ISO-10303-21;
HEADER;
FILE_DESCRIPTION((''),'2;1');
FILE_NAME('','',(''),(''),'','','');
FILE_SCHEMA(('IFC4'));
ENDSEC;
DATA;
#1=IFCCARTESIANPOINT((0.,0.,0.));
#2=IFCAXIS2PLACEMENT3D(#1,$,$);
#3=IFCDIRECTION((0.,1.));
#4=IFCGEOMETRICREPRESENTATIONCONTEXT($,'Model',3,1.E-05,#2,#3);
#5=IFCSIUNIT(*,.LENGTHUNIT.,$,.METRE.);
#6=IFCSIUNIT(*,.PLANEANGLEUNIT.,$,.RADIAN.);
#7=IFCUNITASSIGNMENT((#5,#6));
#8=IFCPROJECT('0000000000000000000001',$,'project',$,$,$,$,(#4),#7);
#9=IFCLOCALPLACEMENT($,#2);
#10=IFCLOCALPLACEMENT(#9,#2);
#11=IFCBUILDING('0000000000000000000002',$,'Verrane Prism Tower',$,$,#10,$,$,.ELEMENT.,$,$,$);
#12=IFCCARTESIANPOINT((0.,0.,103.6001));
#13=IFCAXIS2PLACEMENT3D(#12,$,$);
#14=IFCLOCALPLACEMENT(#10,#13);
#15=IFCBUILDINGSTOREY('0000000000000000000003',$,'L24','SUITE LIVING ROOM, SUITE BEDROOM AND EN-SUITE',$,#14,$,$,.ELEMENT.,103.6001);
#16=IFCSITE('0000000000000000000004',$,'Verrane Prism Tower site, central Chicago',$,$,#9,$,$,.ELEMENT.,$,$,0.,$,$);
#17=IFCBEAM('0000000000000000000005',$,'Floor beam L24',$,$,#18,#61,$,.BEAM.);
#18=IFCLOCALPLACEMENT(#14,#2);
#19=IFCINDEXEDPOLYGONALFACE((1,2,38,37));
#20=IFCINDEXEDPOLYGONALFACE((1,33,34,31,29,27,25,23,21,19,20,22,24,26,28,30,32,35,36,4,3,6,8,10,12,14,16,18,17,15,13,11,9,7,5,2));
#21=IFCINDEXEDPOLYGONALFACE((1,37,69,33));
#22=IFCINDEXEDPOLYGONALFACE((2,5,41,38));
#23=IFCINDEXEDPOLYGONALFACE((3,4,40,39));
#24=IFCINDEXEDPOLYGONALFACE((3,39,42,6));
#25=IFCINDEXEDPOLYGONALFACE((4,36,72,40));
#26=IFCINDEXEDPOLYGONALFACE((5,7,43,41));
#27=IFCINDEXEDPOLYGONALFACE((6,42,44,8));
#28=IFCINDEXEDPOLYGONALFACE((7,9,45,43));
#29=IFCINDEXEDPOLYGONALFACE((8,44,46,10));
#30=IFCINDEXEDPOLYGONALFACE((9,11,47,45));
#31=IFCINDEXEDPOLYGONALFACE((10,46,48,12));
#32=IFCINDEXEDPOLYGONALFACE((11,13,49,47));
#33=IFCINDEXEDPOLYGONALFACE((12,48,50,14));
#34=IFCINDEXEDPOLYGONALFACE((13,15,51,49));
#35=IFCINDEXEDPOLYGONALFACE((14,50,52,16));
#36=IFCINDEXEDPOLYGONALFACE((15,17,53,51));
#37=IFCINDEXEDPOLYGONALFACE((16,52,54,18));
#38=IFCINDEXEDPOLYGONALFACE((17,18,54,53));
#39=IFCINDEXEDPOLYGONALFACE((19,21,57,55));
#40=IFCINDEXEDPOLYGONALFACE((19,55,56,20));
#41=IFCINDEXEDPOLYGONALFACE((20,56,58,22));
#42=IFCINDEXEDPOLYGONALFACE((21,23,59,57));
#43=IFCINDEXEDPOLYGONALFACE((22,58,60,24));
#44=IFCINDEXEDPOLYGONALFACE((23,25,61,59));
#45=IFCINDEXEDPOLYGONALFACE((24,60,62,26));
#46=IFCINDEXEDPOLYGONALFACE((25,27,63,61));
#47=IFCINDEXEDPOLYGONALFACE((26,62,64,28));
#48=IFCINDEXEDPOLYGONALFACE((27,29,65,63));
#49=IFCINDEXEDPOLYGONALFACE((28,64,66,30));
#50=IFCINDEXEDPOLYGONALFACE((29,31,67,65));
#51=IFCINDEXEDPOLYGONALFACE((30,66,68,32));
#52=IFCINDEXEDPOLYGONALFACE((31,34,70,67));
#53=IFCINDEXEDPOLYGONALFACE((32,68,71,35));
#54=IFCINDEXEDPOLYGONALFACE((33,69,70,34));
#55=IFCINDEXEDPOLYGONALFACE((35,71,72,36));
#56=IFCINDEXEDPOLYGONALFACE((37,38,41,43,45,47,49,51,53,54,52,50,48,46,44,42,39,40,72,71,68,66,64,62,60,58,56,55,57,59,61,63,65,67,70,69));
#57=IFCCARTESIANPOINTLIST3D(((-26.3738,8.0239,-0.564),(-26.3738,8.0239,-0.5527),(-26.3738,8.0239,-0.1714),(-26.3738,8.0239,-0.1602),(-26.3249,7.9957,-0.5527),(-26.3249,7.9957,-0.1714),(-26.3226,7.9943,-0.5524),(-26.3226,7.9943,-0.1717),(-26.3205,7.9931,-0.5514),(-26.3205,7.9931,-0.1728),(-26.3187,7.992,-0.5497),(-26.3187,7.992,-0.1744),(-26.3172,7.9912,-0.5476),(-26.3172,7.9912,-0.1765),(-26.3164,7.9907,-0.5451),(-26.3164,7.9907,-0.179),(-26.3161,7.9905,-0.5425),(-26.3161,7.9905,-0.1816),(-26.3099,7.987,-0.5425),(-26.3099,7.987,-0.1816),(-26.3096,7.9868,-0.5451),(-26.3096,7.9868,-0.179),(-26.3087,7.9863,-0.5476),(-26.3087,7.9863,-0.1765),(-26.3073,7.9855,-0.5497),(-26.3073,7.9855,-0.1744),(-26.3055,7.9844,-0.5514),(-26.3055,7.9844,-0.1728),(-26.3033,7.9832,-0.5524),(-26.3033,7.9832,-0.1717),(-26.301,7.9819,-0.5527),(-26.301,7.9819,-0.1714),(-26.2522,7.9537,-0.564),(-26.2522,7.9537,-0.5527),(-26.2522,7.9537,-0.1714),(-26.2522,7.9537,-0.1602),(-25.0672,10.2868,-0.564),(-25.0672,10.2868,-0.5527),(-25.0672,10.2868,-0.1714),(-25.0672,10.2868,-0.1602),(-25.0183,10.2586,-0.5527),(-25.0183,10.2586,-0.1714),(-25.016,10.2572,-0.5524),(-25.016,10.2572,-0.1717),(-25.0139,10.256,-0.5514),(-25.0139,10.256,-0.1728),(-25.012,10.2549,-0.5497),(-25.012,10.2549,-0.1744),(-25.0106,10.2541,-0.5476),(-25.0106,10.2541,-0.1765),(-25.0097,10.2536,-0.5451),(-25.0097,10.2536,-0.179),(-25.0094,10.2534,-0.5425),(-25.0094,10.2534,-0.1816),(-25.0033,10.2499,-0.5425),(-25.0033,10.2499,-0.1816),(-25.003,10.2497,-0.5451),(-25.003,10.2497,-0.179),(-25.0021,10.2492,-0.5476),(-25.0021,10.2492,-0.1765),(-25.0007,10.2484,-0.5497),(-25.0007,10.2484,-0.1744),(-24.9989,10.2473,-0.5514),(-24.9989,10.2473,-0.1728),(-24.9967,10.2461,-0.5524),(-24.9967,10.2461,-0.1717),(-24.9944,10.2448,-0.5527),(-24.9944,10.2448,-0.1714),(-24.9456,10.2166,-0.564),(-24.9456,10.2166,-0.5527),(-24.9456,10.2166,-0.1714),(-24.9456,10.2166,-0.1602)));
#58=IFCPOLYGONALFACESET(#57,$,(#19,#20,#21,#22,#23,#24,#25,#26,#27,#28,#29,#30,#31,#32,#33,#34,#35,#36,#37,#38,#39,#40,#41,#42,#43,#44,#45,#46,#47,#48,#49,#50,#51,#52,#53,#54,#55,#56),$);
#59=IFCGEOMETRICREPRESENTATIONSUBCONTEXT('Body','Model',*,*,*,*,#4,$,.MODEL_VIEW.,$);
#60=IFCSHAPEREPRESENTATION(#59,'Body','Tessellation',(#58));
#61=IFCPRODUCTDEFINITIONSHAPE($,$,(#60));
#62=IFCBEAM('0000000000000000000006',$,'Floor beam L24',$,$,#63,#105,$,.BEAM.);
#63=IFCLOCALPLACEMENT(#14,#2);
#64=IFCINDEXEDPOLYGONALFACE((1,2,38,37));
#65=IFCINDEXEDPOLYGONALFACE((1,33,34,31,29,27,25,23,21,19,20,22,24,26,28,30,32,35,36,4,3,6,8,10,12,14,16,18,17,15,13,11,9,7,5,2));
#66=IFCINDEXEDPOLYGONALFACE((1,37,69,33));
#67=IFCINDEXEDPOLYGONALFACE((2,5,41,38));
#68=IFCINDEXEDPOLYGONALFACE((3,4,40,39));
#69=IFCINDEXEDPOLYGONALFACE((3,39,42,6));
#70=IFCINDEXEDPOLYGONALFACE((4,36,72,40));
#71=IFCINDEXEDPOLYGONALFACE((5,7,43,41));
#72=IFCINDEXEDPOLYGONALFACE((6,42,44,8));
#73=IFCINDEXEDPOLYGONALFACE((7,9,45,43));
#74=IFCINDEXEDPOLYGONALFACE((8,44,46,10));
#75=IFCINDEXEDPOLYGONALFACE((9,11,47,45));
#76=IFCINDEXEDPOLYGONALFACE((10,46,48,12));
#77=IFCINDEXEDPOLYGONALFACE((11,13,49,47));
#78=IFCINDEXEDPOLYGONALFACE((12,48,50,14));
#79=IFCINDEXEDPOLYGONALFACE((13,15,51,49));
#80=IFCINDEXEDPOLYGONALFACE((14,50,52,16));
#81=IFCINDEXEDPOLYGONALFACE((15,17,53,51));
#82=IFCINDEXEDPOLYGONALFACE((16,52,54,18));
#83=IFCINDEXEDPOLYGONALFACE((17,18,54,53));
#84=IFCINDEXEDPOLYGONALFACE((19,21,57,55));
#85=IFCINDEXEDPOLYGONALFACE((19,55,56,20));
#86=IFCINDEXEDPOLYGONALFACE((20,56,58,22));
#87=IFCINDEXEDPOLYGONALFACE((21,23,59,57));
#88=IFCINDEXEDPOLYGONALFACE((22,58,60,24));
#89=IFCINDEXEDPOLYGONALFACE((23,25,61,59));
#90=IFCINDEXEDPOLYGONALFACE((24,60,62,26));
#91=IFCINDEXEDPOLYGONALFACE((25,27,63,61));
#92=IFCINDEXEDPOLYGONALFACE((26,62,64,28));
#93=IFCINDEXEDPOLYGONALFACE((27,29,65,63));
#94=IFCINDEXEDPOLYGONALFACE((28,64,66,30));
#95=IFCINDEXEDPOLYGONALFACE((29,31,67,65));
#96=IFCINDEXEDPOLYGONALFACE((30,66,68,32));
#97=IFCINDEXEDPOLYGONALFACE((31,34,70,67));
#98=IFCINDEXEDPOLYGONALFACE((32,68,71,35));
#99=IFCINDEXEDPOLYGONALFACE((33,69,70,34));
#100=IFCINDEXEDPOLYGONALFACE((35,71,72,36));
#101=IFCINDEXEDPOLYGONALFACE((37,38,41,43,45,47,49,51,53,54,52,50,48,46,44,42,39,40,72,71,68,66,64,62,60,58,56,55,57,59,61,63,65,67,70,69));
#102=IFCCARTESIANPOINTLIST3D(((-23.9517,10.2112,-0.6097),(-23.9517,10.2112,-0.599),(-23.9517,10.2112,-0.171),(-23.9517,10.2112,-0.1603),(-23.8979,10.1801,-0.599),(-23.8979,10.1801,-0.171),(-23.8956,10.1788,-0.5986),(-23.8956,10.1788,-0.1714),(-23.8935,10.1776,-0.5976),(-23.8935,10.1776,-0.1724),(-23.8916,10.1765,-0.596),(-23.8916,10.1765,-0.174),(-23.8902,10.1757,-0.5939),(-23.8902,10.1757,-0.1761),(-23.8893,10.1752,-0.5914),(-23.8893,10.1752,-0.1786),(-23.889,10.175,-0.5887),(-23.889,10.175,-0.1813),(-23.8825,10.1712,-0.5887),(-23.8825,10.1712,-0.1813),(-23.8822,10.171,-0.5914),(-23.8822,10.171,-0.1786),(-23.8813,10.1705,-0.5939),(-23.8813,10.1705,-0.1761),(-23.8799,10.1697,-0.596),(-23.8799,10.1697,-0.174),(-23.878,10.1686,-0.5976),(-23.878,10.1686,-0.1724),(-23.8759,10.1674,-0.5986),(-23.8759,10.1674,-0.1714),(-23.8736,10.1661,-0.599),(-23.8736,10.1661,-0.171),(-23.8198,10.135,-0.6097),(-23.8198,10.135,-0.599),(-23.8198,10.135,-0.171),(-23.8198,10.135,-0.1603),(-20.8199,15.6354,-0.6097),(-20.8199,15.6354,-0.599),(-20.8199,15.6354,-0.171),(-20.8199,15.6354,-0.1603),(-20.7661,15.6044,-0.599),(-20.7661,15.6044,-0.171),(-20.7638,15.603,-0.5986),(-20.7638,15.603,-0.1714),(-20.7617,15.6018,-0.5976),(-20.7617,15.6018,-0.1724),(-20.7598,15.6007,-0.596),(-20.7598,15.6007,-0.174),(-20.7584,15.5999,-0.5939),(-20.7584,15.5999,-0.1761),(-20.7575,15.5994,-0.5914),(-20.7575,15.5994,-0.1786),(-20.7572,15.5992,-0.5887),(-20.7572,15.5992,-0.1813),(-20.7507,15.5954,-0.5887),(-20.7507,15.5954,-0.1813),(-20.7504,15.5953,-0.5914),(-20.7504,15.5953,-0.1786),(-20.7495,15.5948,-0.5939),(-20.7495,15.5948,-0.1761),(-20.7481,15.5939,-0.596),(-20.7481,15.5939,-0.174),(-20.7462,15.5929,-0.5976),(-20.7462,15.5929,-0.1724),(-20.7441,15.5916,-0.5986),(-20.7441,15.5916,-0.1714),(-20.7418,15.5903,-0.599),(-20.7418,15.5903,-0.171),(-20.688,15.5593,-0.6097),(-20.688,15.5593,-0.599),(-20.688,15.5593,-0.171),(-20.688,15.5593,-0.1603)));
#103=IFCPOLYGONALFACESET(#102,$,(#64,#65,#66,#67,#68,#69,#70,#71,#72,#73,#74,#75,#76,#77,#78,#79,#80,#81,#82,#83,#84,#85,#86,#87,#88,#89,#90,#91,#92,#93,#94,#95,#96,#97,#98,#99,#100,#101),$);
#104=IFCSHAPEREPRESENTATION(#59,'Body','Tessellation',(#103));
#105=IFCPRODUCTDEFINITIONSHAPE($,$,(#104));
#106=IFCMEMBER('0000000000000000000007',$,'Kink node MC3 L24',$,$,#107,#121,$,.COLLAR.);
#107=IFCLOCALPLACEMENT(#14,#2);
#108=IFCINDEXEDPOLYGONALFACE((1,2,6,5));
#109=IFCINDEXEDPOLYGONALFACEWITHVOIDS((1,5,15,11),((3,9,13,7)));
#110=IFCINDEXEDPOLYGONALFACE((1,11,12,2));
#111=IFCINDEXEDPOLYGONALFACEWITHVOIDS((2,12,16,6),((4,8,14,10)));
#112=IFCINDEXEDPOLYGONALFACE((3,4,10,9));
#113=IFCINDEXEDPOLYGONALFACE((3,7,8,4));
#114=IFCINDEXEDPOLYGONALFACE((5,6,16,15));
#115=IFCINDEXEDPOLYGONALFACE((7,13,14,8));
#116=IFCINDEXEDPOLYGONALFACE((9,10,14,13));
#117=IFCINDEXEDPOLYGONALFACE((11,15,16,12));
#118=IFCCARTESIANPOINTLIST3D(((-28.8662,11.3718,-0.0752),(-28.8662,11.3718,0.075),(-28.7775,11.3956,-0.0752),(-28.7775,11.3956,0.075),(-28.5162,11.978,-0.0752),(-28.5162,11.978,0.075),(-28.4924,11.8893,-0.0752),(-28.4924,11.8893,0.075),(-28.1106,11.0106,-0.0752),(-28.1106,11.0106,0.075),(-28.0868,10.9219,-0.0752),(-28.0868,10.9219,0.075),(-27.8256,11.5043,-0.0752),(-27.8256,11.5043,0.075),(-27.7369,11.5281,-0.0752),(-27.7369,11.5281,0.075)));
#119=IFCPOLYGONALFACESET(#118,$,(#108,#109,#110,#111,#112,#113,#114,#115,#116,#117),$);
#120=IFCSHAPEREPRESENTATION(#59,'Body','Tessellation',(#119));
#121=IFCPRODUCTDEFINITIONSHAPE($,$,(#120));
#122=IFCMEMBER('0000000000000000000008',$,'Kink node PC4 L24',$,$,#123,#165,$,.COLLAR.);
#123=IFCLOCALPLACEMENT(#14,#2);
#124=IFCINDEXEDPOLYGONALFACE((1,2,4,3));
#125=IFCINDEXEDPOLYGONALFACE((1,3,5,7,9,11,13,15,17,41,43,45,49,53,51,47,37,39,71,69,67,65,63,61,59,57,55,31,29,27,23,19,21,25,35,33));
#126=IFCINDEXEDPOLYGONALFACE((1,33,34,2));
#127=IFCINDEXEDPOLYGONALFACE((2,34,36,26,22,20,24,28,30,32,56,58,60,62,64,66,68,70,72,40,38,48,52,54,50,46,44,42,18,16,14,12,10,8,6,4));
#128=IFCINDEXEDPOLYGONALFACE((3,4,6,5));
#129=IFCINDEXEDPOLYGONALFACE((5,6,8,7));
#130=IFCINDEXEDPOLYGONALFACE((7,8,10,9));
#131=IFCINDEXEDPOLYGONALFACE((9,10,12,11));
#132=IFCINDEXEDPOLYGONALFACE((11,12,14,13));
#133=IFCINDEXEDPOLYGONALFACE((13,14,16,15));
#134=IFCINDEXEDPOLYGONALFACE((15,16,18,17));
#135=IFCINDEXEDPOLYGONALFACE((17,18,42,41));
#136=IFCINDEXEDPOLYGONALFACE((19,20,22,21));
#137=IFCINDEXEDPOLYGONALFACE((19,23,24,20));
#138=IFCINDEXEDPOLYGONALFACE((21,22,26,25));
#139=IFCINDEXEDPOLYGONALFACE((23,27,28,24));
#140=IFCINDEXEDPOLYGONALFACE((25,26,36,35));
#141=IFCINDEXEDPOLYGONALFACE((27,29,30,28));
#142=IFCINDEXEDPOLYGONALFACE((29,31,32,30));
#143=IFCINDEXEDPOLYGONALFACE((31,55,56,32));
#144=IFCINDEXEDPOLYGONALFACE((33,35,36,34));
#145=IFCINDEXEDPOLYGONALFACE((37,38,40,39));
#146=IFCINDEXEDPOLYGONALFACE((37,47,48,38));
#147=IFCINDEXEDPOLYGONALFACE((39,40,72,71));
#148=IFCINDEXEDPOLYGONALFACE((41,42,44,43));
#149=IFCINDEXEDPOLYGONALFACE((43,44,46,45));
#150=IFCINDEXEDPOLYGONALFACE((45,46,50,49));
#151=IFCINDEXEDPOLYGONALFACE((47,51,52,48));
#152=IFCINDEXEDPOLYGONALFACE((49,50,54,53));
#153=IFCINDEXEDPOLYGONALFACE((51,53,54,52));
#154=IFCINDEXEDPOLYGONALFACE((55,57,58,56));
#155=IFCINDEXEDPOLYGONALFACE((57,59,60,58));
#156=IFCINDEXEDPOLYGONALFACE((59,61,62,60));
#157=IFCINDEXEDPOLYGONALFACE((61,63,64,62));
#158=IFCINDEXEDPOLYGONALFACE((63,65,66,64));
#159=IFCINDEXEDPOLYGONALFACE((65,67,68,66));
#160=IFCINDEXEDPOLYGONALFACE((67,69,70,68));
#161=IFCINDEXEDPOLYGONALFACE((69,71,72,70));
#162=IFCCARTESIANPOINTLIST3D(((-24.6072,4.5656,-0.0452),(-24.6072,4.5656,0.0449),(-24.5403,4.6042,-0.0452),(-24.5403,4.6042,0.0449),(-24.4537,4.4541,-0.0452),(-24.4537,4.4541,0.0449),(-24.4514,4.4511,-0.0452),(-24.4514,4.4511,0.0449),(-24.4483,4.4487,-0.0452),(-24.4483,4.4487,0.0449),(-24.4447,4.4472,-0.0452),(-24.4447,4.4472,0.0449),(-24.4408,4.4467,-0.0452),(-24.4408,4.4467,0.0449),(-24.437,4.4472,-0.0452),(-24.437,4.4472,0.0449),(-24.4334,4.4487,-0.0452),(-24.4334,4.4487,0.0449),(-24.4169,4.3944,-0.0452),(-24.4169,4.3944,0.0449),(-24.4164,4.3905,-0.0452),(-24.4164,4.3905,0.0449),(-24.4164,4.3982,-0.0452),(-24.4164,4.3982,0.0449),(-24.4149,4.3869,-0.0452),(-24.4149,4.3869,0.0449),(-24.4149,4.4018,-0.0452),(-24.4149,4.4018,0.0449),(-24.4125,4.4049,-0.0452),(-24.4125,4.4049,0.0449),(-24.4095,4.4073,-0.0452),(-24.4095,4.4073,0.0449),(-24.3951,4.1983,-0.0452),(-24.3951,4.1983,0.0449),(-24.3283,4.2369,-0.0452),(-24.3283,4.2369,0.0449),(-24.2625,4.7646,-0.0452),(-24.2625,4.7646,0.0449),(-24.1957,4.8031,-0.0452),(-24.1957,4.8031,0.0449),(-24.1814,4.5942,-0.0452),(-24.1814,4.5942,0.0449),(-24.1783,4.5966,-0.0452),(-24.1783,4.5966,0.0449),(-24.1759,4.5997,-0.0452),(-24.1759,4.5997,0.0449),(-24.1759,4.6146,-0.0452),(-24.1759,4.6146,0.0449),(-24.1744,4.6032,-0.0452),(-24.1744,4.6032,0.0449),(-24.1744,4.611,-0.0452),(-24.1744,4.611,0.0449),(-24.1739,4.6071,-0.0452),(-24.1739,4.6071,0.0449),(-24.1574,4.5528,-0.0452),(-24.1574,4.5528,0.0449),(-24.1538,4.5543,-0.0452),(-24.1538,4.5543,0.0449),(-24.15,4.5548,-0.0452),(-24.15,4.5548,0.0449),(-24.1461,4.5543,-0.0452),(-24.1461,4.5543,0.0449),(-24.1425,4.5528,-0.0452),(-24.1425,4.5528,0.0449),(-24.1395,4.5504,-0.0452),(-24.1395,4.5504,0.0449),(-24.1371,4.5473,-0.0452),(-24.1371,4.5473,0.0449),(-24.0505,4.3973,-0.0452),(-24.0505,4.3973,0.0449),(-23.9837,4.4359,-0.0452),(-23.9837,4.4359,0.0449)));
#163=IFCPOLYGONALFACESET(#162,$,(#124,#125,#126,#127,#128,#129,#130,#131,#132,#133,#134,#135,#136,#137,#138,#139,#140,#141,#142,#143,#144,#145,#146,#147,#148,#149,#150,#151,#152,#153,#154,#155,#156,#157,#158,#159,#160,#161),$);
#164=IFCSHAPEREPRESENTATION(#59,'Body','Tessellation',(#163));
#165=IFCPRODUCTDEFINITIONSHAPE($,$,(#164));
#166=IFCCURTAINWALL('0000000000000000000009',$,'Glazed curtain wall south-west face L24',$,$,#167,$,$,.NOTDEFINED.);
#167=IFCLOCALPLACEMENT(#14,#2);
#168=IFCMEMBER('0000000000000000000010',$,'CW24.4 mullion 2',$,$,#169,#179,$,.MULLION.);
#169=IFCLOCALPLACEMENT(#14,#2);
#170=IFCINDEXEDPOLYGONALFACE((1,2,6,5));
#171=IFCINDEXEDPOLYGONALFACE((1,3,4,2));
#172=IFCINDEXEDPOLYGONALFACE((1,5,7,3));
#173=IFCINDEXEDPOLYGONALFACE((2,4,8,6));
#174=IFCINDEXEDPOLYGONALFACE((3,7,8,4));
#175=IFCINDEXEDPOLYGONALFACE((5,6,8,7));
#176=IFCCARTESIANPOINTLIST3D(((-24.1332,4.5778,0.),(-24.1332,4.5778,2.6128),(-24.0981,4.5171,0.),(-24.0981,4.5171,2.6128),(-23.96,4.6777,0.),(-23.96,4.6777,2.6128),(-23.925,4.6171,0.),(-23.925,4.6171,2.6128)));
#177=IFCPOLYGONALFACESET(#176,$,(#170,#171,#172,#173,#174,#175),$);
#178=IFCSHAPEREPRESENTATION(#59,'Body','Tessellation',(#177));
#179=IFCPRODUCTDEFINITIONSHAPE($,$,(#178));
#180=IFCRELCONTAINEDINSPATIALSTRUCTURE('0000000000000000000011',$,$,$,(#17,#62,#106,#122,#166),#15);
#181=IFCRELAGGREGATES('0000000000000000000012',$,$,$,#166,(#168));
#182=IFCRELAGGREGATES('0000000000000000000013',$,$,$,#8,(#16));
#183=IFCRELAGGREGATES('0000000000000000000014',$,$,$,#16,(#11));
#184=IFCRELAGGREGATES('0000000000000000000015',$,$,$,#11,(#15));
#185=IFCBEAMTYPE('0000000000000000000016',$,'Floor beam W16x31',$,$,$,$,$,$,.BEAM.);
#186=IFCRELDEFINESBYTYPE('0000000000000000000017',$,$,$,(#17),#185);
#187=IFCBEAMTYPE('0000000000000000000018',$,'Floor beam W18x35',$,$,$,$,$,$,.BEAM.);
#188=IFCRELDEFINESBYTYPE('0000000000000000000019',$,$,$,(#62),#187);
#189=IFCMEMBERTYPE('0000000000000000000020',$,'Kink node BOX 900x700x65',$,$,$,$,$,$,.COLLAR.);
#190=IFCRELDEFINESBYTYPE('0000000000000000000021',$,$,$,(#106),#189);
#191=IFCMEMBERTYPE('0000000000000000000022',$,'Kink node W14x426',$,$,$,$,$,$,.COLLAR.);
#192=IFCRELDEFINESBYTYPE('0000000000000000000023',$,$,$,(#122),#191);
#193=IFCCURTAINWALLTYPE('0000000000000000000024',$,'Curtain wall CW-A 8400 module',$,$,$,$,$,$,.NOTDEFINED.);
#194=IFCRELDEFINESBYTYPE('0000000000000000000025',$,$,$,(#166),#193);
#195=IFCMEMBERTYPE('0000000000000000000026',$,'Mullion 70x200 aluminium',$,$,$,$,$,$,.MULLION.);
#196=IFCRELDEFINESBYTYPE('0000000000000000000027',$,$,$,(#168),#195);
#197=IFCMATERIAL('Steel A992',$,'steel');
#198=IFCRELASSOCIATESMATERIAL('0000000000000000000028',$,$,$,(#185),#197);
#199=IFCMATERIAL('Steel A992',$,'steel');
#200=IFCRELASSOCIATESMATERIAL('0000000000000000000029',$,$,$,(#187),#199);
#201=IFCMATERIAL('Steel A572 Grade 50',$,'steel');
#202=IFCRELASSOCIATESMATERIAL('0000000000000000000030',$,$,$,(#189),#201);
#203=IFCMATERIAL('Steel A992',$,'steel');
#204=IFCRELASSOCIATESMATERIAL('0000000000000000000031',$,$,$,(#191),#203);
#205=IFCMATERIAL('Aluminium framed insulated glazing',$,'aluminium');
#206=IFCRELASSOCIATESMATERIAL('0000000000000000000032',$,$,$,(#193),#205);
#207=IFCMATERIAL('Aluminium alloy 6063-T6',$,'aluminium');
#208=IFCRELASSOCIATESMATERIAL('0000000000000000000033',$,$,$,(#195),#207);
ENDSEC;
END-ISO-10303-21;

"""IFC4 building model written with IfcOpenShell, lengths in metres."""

from ifc_helpers import new_model, si_unit, direction, frame, origin, origin_2d, place, context, subcontext, project, spatial, rectangle, hollow_rectangle, i_section, extrude, material, material_profile, profile_set, type_object, element, aggregate, save


model = new_model("IFC4")

# Units and contexts
model_context = context("Model", 3, precision=1e-05, world=origin(), true_north=direction((0.0, 1.0)))
body_context = subcontext(model_context, "Body", "Model", "MODEL_VIEW")
ifc_project = project(units=[si_unit("LENGTHUNIT", "METRE"), si_unit("PLANEANGLEUNIT", "RADIAN")], contexts=[model_context])

# Site, building, storey
site_placement = place(None, origin())
site = spatial("IfcSite", under=ifc_project, at=site_placement, Name="Verrane Prism Tower site, central Chicago", CompositionType="ELEMENT", RefElevation=0.0)
building_placement = place(site_placement, origin())
building = spatial("IfcBuilding", under=site, at=building_placement, Name="Verrane Prism Tower", CompositionType="ELEMENT")
storey_placement = place(building_placement, frame((0.0, 0.0, 103.6001)))
storey = spatial("IfcBuildingStorey", under=building, at=storey_placement, Name="L24", Description="SUITE LIVING ROOM, SUITE BEDROOM AND EN-SUITE", CompositionType="ELEMENT", Elevation=103.6001)

# Beams
ifc_material_1 = material(Name="Steel A992", Category="steel")
ifc_material_profile_1 = material_profile(ifc_material_1, i_section(OverallWidth=0.1404, OverallDepth=0.4038, WebThickness=0.0071, FlangeThickness=0.0112, FilletRadius=0.0103, at=origin_2d()), Name="W16x31")
ifc_profile_set_1 = profile_set([ifc_material_profile_1], Name="Steel A992")
beam_type_1 = type_object("IfcBeamType", Name="Floor beam W16x31", PredefinedType="BEAM", material=ifc_profile_set_1)
beam_1_placement = place(storey_placement, frame((-26.313, 7.9888, -0.3621), z_axis=(0.500038, 0.866004, 0.0), x_axis=(-0.866004, 0.500038, 0.0)))
element("IfcBeam", 1, at=beam_1_placement, inside=storey, type_object=beam_type_1, Name="Floor beam L24", PredefinedType="BEAM", context=body_context, shape_type="SweptSolid", body=[
    extrude(i_section(OverallWidth=0.1404, OverallDepth=0.4038, WebThickness=0.0071, FlangeThickness=0.0112, FilletRadius=0.0103, at=origin_2d()), origin(), (0.0, 0.0, 1.0), 2.613),
])
ifc_material_2 = material(Name="Steel A992", Category="steel")
ifc_material_profile_2 = material_profile(ifc_material_2, i_section(OverallWidth=0.1523, OverallDepth=0.4495, WebThickness=0.0076, FlangeThickness=0.0107, FilletRadius=0.0103, at=origin_2d()), Name="W18x35")
ifc_profile_set_2 = profile_set([ifc_material_profile_2], Name="Steel A992")
beam_type_2 = type_object("IfcBeamType", Name="Floor beam W18x35", PredefinedType="BEAM", material=ifc_profile_set_2)
beam_2_placement = place(storey_placement, frame((-23.8857, 10.1731, -0.385), z_axis=(0.500013, 0.866018, 0.0), x_axis=(-0.866018, 0.500013, 0.0)))
element("IfcBeam", 2, at=beam_2_placement, inside=storey, type_object=beam_type_2, Name="Floor beam L24", PredefinedType="BEAM", context=body_context, shape_type="SweptSolid", body=[
    extrude(i_section(OverallWidth=0.1523, OverallDepth=0.4495, WebThickness=0.0076, FlangeThickness=0.0107, FilletRadius=0.0103, at=origin_2d()), origin(), (0.0, 0.0, 1.0), 6.2634),
])

# Members
ifc_material_3 = material(Name="Steel A572 Grade 50", Category="steel")
ifc_material_profile_3 = material_profile(ifc_material_3, hollow_rectangle(XDim=0.7, YDim=0.8999, WallThickness=0.0649, at=origin_2d()), Name="BOX 900x700x65")
ifc_profile_set_3 = profile_set([ifc_material_profile_3], Name="Steel A572 Grade 50")
member_type_1 = type_object("IfcMemberType", Name="Kink node BOX 900x700x65", PredefinedType="COLLAR", material=ifc_profile_set_3)
member_1_placement = place(storey_placement, frame((-28.3015, 11.45, -0.0752), z_axis=(0.0, 0.0, 1.0), x_axis=(0.5, 0.866025, 0.0)))
element("IfcMember", 3, at=member_1_placement, inside=storey, type_object=member_type_1, Name="Kink node MC3 L24", PredefinedType="COLLAR", context=body_context, shape_type="SweptSolid", body=[
    extrude(hollow_rectangle(XDim=0.7, YDim=0.8999, WallThickness=0.0649, at=origin_2d()), origin(), (0.0, 0.0, 1.0), 0.1501),
])
ifc_material_4 = material(Name="Steel A992", Category="steel")
ifc_material_profile_4 = material_profile(ifc_material_4, i_section(OverallWidth=0.4241, OverallDepth=0.4751, WebThickness=0.0479, FlangeThickness=0.0771, FilletRadius=0.0149, at=origin_2d()), Name="W14x426")
ifc_profile_set_4 = profile_set([ifc_material_profile_4], Name="Steel A992")
member_type_2 = type_object("IfcMemberType", Name="Kink node W14x426", PredefinedType="COLLAR", material=ifc_profile_set_4)
member_2_placement = place(storey_placement, frame((-24.2954, 4.5007, -0.0452), z_axis=(0.0, 0.0, 1.0), x_axis=(-0.5, 0.866025, 0.0)))
element("IfcMember", 4, at=member_2_placement, inside=storey, type_object=member_type_2, Name="Kink node PC4 L24", PredefinedType="COLLAR", context=body_context, shape_type="SweptSolid", body=[
    extrude(i_section(OverallWidth=0.4241, OverallDepth=0.4751, WebThickness=0.0479, FlangeThickness=0.0771, FilletRadius=0.0149, at=origin_2d()), origin(), (0.0, 0.0, 1.0), 0.0901),
])

# Curtain wall, member
ifc_material_5 = material(Name="Aluminium framed insulated glazing", Category="aluminium")
curtain_wall_type = type_object("IfcCurtainWallType", Name="Curtain wall CW-A 8400 module", PredefinedType="NOTDEFINED", material=ifc_material_5)
curtain_wall_placement = place(storey_placement, origin())
curtain_wall = element("IfcCurtainWall", 5, at=curtain_wall_placement, inside=storey, type_object=curtain_wall_type, Name="Glazed curtain wall south-west face L24", PredefinedType="NOTDEFINED")
ifc_material_6 = material(Name="Aluminium alloy 6063-T6", Category="aluminium")
ifc_material_profile_5 = material_profile(ifc_material_6, rectangle(XDim=0.2, YDim=0.0701, at=origin_2d()), Name="Mullion 70x200 aluminium")
ifc_profile_set_5 = profile_set([ifc_material_profile_5], Name="Aluminium alloy 6063-T6")
member_type_3 = type_object("IfcMemberType", Name="Mullion 70x200 aluminium", PredefinedType="MULLION", material=ifc_profile_set_5)
member_3_placement = place(storey_placement, frame((-24.0291, 4.5974, 0.0), z_axis=(0.0, 0.0, 1.0), x_axis=(0.866025, 0.5, 0.0)))
member_3 = element("IfcMember", 6, at=member_3_placement, type_object=member_type_3, Name="CW24.4 mullion 2", PredefinedType="MULLION", context=body_context, shape_type="SweptSolid", body=[
    extrude(rectangle(XDim=0.2, YDim=0.0701, at=origin_2d()), origin(), (0.0, 0.0, 1.0), 2.6128),
])

aggregate(curtain_wall, [member_3])

save(model, "model.ifc")
